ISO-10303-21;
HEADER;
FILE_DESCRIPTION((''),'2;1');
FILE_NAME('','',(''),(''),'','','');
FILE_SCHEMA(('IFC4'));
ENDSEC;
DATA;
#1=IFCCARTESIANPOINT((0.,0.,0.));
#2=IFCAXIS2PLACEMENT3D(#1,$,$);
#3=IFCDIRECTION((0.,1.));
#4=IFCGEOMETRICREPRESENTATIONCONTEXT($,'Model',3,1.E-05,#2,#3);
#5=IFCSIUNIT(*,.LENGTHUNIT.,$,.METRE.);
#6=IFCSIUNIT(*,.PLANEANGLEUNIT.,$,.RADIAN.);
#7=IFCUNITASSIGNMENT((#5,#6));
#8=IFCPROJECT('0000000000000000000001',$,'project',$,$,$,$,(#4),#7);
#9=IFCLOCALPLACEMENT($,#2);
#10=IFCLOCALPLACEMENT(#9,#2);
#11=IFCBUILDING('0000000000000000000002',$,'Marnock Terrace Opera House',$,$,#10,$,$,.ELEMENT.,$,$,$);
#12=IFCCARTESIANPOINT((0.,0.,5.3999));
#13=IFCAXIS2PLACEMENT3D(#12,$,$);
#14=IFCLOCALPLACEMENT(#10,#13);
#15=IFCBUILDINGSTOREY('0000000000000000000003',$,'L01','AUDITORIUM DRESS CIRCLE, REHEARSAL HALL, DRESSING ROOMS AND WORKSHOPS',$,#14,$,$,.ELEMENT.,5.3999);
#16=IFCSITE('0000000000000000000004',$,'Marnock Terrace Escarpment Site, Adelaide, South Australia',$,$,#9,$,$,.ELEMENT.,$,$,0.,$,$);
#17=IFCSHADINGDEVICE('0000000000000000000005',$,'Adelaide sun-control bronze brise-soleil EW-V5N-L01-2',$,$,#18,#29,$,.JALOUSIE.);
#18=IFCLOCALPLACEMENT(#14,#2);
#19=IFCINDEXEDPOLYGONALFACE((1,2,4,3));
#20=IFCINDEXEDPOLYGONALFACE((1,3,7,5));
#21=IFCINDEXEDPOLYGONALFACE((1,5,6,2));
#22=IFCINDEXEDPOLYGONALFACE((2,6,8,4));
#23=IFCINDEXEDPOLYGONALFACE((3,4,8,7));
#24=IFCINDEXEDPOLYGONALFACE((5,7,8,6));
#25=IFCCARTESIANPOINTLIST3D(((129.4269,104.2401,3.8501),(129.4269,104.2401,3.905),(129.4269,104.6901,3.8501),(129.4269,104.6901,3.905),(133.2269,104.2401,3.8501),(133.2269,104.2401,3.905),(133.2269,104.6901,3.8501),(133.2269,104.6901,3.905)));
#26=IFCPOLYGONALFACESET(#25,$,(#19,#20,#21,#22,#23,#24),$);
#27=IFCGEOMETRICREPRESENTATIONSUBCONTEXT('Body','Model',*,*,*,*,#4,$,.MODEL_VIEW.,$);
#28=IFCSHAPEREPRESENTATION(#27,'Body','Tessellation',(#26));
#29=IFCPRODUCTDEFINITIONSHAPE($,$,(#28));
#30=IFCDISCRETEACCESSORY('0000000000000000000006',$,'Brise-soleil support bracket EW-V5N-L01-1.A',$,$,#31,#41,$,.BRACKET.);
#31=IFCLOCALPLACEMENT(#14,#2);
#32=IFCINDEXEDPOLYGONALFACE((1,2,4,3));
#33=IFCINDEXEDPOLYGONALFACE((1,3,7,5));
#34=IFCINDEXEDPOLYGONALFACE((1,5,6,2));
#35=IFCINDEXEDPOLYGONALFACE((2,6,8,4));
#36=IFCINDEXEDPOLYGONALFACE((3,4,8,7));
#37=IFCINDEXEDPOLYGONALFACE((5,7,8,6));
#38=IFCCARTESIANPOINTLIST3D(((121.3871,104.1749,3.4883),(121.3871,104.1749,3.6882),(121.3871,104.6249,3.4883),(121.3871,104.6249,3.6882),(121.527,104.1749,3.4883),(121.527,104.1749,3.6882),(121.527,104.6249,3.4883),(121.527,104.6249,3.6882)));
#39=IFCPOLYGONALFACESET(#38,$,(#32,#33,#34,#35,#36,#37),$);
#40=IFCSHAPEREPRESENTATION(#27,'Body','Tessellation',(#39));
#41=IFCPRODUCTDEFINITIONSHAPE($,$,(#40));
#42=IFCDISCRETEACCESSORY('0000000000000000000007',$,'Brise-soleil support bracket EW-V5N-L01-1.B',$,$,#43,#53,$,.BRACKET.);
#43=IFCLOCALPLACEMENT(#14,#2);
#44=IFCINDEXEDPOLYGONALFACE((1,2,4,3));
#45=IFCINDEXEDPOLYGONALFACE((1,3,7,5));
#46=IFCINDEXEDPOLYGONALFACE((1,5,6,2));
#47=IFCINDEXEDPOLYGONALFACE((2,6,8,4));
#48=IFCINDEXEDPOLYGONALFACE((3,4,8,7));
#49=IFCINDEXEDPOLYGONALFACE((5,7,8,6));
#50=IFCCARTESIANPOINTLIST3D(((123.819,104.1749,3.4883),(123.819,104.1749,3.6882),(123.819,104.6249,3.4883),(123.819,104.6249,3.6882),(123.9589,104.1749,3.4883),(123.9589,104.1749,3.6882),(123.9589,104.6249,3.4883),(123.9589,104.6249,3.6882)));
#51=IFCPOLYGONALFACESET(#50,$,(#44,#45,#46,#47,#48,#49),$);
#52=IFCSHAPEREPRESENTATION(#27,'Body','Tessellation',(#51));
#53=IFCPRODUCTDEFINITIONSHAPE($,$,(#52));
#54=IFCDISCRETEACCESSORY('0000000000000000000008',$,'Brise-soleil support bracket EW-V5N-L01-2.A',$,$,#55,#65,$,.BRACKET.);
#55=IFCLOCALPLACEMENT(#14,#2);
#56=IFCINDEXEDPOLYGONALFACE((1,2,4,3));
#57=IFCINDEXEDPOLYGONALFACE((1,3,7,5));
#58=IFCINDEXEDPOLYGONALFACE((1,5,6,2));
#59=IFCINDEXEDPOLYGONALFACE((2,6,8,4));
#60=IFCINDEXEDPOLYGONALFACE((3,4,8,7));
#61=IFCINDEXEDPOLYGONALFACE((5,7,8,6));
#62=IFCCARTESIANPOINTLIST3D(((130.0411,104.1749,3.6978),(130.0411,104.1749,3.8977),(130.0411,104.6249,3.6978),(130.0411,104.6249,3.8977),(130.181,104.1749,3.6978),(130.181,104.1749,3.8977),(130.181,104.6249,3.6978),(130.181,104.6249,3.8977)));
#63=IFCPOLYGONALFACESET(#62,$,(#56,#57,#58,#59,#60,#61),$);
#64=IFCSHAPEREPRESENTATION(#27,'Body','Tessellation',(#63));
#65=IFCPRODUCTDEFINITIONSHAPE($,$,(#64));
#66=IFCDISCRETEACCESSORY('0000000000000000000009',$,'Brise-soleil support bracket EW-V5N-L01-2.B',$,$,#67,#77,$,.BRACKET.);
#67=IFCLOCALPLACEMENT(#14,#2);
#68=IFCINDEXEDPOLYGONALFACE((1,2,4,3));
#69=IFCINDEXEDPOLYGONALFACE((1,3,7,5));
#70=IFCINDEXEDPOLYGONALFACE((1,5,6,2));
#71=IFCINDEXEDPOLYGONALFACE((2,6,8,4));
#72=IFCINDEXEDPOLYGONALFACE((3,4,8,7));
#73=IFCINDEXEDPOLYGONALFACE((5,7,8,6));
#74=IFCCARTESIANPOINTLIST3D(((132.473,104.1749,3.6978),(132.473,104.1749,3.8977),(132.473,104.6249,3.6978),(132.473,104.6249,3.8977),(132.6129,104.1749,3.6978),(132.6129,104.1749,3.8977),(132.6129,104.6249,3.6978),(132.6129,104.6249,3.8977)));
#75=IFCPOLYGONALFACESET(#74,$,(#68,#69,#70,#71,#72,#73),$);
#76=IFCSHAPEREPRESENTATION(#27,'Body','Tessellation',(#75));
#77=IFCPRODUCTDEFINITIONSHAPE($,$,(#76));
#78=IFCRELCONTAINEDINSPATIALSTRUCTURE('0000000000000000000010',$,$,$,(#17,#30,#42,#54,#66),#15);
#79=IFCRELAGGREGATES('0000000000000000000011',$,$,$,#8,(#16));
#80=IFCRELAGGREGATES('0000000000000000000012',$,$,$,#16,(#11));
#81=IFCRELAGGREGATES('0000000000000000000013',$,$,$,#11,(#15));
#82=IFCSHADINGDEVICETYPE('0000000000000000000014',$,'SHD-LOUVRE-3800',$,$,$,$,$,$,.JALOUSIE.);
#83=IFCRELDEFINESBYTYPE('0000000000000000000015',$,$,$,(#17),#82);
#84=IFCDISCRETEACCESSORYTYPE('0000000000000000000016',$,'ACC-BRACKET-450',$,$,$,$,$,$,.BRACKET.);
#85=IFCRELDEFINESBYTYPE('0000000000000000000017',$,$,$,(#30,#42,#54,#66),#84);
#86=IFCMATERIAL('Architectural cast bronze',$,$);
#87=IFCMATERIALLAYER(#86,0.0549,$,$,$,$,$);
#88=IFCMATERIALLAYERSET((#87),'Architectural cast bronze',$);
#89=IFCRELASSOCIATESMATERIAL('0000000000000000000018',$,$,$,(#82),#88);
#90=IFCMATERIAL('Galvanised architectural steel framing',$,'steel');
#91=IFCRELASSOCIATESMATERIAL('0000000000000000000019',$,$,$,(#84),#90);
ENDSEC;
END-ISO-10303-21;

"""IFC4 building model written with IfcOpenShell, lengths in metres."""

from ifc_helpers import new_model, si_unit, direction, frame, origin, origin_2d, place, context, subcontext, project, spatial, rectangle, extrude, material, layer, layer_set, type_object, element, save


model = new_model("IFC4")

# Units and contexts
model_context = context("Model", 3, precision=1e-05, world=origin(), true_north=direction((0.0, 1.0)))
body_context = subcontext(model_context, "Body", "Model", "MODEL_VIEW")
ifc_project = project(units=[si_unit("LENGTHUNIT", "METRE"), si_unit("PLANEANGLEUNIT", "RADIAN")], contexts=[model_context])

# Site, building, storey
site_placement = place(None, origin())
site = spatial("IfcSite", under=ifc_project, at=site_placement, Name="Marnock Terrace Escarpment Site, Adelaide, South Australia", CompositionType="ELEMENT", RefElevation=0.0)
building_placement = place(site_placement, origin())
building = spatial("IfcBuilding", under=site, at=building_placement, Name="Marnock Terrace Opera House", CompositionType="ELEMENT")
storey_placement = place(building_placement, frame((0.0, 0.0, 5.3999)))
storey = spatial("IfcBuildingStorey", under=building, at=storey_placement, Name="L01", Description="AUDITORIUM DRESS CIRCLE, REHEARSAL HALL, DRESSING ROOMS AND WORKSHOPS", CompositionType="ELEMENT", Elevation=5.3999)

# Shading device
ifc_material_1 = material(Name="Architectural cast bronze")
ifc_layer_1 = layer(ifc_material_1, 0.0549)
ifc_layer_set_1 = layer_set([ifc_layer_1], Name="Architectural cast bronze")
shading_device_type = type_object("IfcShadingDeviceType", Name="SHD-LOUVRE-3800", PredefinedType="JALOUSIE", material=ifc_layer_set_1)
for number, where, z_axis, x_axis, name in (
    (1, (131.3269, 104.4651, 3.8501), (0.0, 0.0, 1.0), (1.0, 0.0, 0.0), "Adelaide sun-control bronze brise-soleil EW-V5N-L01-2"),
):
    element("IfcShadingDevice", number, at=place(storey_placement, frame(where, z_axis=z_axis, x_axis=x_axis)), inside=storey, type_object=shading_device_type, Name=name, PredefinedType="JALOUSIE", context=body_context, shape_type="SweptSolid", body=[
        extrude(rectangle(XDim=3.8, YDim=0.45, at=origin_2d()), origin(), (0.0, 0.0, 1.0), 0.0549),
    ])

# Discrete accessories
ifc_material_2 = material(Name="Galvanised architectural steel framing", Category="steel")
discrete_accessory_type = type_object("IfcDiscreteAccessoryType", Name="ACC-BRACKET-450", PredefinedType="BRACKET", material=ifc_material_2)
for number, where, z_axis, x_axis, name in (
    (2, (121.457, 104.3999, 3.4883), (0.0, 0.0, 1.0), (1.0, 0.0, 0.0), "Brise-soleil support bracket EW-V5N-L01-1.A"),
    (3, (123.8889, 104.3999, 3.4883), (0.0, 0.0, 1.0), (1.0, 0.0, 0.0), "Brise-soleil support bracket EW-V5N-L01-1.B"),
    (4, (130.1111, 104.3999, 3.6978), (0.0, 0.0, 1.0), (1.0, 0.0, 0.0), "Brise-soleil support bracket EW-V5N-L01-2.A"),
    (5, (132.543, 104.3999, 3.6978), (0.0, 0.0, 1.0), (1.0, 0.0, 0.0), "Brise-soleil support bracket EW-V5N-L01-2.B"),
):
    element("IfcDiscreteAccessory", number, at=place(storey_placement, frame(where, z_axis=z_axis, x_axis=x_axis)), inside=storey, type_object=discrete_accessory_type, Name=name, PredefinedType="BRACKET", context=body_context, shape_type="SweptSolid", body=[
        extrude(rectangle(XDim=0.1399, YDim=0.45, at=origin_2d()), origin(), (0.0, 0.0, 1.0), 0.2),
    ])

save(model, "model.ifc")
